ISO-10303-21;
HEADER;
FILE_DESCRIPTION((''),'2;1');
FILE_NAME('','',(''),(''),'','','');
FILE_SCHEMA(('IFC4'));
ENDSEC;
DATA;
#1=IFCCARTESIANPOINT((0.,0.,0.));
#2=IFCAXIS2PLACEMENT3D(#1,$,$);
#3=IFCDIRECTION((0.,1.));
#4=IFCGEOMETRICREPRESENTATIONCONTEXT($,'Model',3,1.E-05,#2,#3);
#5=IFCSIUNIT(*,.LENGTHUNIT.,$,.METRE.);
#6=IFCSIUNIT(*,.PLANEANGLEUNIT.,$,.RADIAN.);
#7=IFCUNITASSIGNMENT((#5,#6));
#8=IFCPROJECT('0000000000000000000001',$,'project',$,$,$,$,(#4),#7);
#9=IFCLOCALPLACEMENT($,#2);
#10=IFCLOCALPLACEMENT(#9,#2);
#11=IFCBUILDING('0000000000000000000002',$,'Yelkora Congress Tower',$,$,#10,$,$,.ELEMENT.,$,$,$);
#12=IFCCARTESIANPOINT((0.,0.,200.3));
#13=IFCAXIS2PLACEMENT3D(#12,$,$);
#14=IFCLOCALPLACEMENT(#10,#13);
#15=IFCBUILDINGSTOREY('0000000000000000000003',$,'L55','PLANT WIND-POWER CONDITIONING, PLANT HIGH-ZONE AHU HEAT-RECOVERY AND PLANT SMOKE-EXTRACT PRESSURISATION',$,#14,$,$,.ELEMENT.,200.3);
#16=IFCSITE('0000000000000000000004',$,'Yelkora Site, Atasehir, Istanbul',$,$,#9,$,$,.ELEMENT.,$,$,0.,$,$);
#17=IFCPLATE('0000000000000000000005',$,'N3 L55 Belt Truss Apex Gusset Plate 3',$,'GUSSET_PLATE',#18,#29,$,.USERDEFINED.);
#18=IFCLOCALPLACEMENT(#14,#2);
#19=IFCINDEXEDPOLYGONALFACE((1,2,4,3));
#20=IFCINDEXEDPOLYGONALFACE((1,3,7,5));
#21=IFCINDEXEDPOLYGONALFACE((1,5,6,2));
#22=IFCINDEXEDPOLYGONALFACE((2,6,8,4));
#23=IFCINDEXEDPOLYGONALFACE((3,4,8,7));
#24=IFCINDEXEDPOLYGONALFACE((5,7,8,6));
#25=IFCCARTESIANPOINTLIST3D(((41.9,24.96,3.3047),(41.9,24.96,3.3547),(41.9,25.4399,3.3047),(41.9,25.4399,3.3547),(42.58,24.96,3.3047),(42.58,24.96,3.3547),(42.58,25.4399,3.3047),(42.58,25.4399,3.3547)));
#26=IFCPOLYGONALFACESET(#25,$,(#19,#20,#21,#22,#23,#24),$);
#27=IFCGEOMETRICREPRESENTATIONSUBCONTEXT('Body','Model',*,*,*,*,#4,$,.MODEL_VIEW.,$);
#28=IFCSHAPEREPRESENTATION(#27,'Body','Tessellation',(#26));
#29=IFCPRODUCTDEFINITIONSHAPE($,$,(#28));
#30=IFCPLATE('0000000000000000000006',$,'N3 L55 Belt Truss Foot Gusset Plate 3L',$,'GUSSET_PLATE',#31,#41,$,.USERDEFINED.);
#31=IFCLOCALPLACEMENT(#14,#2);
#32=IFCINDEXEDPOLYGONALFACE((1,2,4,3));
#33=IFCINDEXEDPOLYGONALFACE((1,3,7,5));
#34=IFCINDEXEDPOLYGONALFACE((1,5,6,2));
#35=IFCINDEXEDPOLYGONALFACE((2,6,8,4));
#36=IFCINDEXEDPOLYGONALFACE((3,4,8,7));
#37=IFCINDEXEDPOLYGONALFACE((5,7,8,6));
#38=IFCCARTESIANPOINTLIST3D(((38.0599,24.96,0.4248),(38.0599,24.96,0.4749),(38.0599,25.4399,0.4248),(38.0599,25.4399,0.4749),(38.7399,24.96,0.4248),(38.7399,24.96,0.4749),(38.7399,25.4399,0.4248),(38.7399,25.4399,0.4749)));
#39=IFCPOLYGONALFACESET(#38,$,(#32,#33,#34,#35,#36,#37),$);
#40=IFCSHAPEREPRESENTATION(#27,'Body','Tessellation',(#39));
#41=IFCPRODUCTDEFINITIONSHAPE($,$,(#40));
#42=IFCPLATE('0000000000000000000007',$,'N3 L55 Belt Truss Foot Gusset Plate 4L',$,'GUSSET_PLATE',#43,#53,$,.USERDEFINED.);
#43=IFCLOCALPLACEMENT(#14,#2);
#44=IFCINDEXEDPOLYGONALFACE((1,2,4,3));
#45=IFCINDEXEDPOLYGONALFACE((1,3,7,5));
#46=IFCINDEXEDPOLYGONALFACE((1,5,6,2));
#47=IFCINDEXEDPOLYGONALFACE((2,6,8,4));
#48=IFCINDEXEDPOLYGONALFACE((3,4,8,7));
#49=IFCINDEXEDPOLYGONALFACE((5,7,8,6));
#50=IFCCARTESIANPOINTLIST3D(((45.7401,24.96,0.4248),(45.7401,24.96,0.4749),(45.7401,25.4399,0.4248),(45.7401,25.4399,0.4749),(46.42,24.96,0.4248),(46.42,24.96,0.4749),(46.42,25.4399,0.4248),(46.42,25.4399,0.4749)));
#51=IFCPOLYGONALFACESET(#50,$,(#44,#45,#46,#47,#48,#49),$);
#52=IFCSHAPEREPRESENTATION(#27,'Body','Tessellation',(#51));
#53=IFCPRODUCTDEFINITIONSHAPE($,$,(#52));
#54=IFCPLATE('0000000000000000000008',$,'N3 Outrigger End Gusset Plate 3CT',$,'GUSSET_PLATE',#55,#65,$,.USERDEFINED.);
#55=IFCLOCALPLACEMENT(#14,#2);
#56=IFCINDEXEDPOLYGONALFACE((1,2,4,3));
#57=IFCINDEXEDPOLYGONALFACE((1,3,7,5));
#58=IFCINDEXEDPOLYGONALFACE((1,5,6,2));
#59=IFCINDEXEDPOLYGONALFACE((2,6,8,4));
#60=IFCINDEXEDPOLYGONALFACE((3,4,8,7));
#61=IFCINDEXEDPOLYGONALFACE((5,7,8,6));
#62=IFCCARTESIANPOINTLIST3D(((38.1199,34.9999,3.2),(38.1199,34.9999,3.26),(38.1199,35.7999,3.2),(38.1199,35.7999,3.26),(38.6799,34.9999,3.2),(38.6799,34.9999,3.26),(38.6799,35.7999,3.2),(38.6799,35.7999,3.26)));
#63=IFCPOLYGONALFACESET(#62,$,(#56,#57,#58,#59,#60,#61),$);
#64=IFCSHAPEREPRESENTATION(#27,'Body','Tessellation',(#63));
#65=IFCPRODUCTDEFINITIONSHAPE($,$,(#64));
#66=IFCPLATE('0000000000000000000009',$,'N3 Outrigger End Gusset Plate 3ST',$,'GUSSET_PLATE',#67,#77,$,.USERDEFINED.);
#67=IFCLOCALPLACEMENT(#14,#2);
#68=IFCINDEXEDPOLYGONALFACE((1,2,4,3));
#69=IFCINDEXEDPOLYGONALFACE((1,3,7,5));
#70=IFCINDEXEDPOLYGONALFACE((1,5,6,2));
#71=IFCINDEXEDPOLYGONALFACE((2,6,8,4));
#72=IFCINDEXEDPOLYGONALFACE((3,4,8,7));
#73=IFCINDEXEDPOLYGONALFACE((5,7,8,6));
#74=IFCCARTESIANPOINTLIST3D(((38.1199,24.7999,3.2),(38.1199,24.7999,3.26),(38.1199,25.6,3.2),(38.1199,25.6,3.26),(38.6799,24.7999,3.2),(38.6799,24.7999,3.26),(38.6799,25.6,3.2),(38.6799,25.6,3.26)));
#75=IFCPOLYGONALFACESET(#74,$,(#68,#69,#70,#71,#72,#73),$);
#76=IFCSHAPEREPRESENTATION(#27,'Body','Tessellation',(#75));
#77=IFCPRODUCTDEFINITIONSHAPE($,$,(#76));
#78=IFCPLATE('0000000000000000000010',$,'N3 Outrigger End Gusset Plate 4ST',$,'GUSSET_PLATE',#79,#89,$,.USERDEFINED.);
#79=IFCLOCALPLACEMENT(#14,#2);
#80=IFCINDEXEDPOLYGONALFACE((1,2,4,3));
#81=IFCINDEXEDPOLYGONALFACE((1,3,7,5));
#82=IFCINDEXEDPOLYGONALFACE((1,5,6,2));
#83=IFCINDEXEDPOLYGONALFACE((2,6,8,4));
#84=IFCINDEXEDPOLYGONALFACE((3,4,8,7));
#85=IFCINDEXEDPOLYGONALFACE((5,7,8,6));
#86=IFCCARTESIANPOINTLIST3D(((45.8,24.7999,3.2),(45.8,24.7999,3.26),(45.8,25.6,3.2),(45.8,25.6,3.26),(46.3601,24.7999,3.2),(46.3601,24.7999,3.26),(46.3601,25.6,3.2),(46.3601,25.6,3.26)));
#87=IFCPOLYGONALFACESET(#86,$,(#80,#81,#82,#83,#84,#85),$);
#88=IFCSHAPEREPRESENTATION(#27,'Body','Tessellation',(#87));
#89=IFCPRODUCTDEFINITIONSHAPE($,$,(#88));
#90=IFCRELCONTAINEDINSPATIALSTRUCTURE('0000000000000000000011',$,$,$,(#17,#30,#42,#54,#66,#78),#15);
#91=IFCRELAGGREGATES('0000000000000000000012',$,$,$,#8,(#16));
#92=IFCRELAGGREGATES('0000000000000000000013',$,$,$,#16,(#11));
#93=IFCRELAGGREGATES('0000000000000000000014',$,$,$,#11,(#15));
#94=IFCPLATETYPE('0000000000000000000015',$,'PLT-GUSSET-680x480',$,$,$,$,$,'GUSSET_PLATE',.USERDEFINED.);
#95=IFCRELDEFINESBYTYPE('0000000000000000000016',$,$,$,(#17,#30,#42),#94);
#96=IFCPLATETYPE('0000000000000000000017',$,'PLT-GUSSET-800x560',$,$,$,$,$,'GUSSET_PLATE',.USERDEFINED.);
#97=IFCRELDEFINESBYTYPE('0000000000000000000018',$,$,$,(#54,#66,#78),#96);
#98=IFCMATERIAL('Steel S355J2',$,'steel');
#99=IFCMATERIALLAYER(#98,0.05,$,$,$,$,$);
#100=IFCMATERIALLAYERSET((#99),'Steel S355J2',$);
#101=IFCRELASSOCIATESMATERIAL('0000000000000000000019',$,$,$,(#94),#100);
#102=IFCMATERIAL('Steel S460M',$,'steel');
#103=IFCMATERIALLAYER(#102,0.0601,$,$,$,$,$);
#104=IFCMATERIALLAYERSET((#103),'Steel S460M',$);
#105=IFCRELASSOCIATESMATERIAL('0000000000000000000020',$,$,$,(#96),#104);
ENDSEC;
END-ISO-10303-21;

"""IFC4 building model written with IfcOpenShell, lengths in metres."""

from ifc_helpers import new_model, si_unit, direction, frame, origin, origin_2d, place, context, subcontext, project, spatial, rectangle, extrude, material, layer, layer_set, type_object, element, save


model = new_model("IFC4")

# Units and contexts
model_context = context("Model", 3, precision=1e-05, world=origin(), true_north=direction((0.0, 1.0)))
body_context = subcontext(model_context, "Body", "Model", "MODEL_VIEW")
ifc_project = project(units=[si_unit("LENGTHUNIT", "METRE"), si_unit("PLANEANGLEUNIT", "RADIAN")], contexts=[model_context])

# Site, building, storey
site_placement = place(None, origin())
site = spatial("IfcSite", under=ifc_project, at=site_placement, Name="Yelkora Site, Atasehir, Istanbul", CompositionType="ELEMENT", RefElevation=0.0)
building_placement = place(site_placement, origin())
building = spatial("IfcBuilding", under=site, at=building_placement, Name="Yelkora Congress Tower", CompositionType="ELEMENT")
storey_placement = place(building_placement, frame((0.0, 0.0, 200.3)))
storey = spatial("IfcBuildingStorey", under=building, at=storey_placement, Name="L55", Description="PLANT WIND-POWER CONDITIONING, PLANT HIGH-ZONE AHU HEAT-RECOVERY AND PLANT SMOKE-EXTRACT PRESSURISATION", CompositionType="ELEMENT", Elevation=200.3)

# Shared definitions
ifc_material_1 = material(Name="Steel S460M", Category="steel")

# Plates
ifc_material_2 = material(Name="Steel S355J2", Category="steel")
ifc_layer_1 = layer(ifc_material_2, 0.05)
ifc_layer_set_1 = layer_set([ifc_layer_1], Name="Steel S355J2")
plate_type_1 = type_object("IfcPlateType", Name="PLT-GUSSET-680x480", ElementType="GUSSET_PLATE", PredefinedType="USERDEFINED", material=ifc_layer_set_1)
for number, where, z_axis, x_axis, name in (
    (1, (42.24, 25.2, 3.3047), (0.0, 0.0, 1.0), (1.0, 0.0, 0.0), "N3 L55 Belt Truss Apex Gusset Plate 3"),
    (2, (38.3999, 25.2, 0.4248), (0.0, 0.0, 1.0), (1.0, 0.0, 0.0), "N3 L55 Belt Truss Foot Gusset Plate 3L"),
    (3, (46.0801, 25.2, 0.4248), (0.0, 0.0, 1.0), (1.0, 0.0, 0.0), "N3 L55 Belt Truss Foot Gusset Plate 4L"),
):
    element("IfcPlate", number, at=place(storey_placement, frame(where, z_axis=z_axis, x_axis=x_axis)), inside=storey, type_object=plate_type_1, Name=name, ObjectType="GUSSET_PLATE", PredefinedType="USERDEFINED", context=body_context, shape_type="SweptSolid", body=[
        extrude(rectangle(XDim=0.6799, YDim=0.48, at=origin_2d()), origin(), (0.0, 0.0, 1.0), 0.05),
    ])
ifc_layer_2 = layer(ifc_material_1, 0.0601)
ifc_layer_set_2 = layer_set([ifc_layer_2], Name="Steel S460M")
plate_type_2 = type_object("IfcPlateType", Name="PLT-GUSSET-800x560", ElementType="GUSSET_PLATE", PredefinedType="USERDEFINED", material=ifc_layer_set_2)
for number, where, z_axis, x_axis, name in (
    (4, (38.3999, 35.3999, 3.2), (0.0, 0.0, 1.0), (0.0, 1.0, 0.0), "N3 Outrigger End Gusset Plate 3CT"),
    (5, (38.3999, 25.2, 3.2), (0.0, 0.0, 1.0), (0.0, 1.0, 0.0), "N3 Outrigger End Gusset Plate 3ST"),
    (6, (46.0801, 25.2, 3.2), (0.0, 0.0, 1.0), (0.0, 1.0, 0.0), "N3 Outrigger End Gusset Plate 4ST"),
):
    element("IfcPlate", number, at=place(storey_placement, frame(where, z_axis=z_axis, x_axis=x_axis)), inside=storey, type_object=plate_type_2, Name=name, ObjectType="GUSSET_PLATE", PredefinedType="USERDEFINED", context=body_context, shape_type="SweptSolid", body=[
        extrude(rectangle(XDim=0.8, YDim=0.5601, at=origin_2d()), origin(), (0.0, 0.0, 1.0), 0.0601),
    ])

save(model, "model.ifc")
